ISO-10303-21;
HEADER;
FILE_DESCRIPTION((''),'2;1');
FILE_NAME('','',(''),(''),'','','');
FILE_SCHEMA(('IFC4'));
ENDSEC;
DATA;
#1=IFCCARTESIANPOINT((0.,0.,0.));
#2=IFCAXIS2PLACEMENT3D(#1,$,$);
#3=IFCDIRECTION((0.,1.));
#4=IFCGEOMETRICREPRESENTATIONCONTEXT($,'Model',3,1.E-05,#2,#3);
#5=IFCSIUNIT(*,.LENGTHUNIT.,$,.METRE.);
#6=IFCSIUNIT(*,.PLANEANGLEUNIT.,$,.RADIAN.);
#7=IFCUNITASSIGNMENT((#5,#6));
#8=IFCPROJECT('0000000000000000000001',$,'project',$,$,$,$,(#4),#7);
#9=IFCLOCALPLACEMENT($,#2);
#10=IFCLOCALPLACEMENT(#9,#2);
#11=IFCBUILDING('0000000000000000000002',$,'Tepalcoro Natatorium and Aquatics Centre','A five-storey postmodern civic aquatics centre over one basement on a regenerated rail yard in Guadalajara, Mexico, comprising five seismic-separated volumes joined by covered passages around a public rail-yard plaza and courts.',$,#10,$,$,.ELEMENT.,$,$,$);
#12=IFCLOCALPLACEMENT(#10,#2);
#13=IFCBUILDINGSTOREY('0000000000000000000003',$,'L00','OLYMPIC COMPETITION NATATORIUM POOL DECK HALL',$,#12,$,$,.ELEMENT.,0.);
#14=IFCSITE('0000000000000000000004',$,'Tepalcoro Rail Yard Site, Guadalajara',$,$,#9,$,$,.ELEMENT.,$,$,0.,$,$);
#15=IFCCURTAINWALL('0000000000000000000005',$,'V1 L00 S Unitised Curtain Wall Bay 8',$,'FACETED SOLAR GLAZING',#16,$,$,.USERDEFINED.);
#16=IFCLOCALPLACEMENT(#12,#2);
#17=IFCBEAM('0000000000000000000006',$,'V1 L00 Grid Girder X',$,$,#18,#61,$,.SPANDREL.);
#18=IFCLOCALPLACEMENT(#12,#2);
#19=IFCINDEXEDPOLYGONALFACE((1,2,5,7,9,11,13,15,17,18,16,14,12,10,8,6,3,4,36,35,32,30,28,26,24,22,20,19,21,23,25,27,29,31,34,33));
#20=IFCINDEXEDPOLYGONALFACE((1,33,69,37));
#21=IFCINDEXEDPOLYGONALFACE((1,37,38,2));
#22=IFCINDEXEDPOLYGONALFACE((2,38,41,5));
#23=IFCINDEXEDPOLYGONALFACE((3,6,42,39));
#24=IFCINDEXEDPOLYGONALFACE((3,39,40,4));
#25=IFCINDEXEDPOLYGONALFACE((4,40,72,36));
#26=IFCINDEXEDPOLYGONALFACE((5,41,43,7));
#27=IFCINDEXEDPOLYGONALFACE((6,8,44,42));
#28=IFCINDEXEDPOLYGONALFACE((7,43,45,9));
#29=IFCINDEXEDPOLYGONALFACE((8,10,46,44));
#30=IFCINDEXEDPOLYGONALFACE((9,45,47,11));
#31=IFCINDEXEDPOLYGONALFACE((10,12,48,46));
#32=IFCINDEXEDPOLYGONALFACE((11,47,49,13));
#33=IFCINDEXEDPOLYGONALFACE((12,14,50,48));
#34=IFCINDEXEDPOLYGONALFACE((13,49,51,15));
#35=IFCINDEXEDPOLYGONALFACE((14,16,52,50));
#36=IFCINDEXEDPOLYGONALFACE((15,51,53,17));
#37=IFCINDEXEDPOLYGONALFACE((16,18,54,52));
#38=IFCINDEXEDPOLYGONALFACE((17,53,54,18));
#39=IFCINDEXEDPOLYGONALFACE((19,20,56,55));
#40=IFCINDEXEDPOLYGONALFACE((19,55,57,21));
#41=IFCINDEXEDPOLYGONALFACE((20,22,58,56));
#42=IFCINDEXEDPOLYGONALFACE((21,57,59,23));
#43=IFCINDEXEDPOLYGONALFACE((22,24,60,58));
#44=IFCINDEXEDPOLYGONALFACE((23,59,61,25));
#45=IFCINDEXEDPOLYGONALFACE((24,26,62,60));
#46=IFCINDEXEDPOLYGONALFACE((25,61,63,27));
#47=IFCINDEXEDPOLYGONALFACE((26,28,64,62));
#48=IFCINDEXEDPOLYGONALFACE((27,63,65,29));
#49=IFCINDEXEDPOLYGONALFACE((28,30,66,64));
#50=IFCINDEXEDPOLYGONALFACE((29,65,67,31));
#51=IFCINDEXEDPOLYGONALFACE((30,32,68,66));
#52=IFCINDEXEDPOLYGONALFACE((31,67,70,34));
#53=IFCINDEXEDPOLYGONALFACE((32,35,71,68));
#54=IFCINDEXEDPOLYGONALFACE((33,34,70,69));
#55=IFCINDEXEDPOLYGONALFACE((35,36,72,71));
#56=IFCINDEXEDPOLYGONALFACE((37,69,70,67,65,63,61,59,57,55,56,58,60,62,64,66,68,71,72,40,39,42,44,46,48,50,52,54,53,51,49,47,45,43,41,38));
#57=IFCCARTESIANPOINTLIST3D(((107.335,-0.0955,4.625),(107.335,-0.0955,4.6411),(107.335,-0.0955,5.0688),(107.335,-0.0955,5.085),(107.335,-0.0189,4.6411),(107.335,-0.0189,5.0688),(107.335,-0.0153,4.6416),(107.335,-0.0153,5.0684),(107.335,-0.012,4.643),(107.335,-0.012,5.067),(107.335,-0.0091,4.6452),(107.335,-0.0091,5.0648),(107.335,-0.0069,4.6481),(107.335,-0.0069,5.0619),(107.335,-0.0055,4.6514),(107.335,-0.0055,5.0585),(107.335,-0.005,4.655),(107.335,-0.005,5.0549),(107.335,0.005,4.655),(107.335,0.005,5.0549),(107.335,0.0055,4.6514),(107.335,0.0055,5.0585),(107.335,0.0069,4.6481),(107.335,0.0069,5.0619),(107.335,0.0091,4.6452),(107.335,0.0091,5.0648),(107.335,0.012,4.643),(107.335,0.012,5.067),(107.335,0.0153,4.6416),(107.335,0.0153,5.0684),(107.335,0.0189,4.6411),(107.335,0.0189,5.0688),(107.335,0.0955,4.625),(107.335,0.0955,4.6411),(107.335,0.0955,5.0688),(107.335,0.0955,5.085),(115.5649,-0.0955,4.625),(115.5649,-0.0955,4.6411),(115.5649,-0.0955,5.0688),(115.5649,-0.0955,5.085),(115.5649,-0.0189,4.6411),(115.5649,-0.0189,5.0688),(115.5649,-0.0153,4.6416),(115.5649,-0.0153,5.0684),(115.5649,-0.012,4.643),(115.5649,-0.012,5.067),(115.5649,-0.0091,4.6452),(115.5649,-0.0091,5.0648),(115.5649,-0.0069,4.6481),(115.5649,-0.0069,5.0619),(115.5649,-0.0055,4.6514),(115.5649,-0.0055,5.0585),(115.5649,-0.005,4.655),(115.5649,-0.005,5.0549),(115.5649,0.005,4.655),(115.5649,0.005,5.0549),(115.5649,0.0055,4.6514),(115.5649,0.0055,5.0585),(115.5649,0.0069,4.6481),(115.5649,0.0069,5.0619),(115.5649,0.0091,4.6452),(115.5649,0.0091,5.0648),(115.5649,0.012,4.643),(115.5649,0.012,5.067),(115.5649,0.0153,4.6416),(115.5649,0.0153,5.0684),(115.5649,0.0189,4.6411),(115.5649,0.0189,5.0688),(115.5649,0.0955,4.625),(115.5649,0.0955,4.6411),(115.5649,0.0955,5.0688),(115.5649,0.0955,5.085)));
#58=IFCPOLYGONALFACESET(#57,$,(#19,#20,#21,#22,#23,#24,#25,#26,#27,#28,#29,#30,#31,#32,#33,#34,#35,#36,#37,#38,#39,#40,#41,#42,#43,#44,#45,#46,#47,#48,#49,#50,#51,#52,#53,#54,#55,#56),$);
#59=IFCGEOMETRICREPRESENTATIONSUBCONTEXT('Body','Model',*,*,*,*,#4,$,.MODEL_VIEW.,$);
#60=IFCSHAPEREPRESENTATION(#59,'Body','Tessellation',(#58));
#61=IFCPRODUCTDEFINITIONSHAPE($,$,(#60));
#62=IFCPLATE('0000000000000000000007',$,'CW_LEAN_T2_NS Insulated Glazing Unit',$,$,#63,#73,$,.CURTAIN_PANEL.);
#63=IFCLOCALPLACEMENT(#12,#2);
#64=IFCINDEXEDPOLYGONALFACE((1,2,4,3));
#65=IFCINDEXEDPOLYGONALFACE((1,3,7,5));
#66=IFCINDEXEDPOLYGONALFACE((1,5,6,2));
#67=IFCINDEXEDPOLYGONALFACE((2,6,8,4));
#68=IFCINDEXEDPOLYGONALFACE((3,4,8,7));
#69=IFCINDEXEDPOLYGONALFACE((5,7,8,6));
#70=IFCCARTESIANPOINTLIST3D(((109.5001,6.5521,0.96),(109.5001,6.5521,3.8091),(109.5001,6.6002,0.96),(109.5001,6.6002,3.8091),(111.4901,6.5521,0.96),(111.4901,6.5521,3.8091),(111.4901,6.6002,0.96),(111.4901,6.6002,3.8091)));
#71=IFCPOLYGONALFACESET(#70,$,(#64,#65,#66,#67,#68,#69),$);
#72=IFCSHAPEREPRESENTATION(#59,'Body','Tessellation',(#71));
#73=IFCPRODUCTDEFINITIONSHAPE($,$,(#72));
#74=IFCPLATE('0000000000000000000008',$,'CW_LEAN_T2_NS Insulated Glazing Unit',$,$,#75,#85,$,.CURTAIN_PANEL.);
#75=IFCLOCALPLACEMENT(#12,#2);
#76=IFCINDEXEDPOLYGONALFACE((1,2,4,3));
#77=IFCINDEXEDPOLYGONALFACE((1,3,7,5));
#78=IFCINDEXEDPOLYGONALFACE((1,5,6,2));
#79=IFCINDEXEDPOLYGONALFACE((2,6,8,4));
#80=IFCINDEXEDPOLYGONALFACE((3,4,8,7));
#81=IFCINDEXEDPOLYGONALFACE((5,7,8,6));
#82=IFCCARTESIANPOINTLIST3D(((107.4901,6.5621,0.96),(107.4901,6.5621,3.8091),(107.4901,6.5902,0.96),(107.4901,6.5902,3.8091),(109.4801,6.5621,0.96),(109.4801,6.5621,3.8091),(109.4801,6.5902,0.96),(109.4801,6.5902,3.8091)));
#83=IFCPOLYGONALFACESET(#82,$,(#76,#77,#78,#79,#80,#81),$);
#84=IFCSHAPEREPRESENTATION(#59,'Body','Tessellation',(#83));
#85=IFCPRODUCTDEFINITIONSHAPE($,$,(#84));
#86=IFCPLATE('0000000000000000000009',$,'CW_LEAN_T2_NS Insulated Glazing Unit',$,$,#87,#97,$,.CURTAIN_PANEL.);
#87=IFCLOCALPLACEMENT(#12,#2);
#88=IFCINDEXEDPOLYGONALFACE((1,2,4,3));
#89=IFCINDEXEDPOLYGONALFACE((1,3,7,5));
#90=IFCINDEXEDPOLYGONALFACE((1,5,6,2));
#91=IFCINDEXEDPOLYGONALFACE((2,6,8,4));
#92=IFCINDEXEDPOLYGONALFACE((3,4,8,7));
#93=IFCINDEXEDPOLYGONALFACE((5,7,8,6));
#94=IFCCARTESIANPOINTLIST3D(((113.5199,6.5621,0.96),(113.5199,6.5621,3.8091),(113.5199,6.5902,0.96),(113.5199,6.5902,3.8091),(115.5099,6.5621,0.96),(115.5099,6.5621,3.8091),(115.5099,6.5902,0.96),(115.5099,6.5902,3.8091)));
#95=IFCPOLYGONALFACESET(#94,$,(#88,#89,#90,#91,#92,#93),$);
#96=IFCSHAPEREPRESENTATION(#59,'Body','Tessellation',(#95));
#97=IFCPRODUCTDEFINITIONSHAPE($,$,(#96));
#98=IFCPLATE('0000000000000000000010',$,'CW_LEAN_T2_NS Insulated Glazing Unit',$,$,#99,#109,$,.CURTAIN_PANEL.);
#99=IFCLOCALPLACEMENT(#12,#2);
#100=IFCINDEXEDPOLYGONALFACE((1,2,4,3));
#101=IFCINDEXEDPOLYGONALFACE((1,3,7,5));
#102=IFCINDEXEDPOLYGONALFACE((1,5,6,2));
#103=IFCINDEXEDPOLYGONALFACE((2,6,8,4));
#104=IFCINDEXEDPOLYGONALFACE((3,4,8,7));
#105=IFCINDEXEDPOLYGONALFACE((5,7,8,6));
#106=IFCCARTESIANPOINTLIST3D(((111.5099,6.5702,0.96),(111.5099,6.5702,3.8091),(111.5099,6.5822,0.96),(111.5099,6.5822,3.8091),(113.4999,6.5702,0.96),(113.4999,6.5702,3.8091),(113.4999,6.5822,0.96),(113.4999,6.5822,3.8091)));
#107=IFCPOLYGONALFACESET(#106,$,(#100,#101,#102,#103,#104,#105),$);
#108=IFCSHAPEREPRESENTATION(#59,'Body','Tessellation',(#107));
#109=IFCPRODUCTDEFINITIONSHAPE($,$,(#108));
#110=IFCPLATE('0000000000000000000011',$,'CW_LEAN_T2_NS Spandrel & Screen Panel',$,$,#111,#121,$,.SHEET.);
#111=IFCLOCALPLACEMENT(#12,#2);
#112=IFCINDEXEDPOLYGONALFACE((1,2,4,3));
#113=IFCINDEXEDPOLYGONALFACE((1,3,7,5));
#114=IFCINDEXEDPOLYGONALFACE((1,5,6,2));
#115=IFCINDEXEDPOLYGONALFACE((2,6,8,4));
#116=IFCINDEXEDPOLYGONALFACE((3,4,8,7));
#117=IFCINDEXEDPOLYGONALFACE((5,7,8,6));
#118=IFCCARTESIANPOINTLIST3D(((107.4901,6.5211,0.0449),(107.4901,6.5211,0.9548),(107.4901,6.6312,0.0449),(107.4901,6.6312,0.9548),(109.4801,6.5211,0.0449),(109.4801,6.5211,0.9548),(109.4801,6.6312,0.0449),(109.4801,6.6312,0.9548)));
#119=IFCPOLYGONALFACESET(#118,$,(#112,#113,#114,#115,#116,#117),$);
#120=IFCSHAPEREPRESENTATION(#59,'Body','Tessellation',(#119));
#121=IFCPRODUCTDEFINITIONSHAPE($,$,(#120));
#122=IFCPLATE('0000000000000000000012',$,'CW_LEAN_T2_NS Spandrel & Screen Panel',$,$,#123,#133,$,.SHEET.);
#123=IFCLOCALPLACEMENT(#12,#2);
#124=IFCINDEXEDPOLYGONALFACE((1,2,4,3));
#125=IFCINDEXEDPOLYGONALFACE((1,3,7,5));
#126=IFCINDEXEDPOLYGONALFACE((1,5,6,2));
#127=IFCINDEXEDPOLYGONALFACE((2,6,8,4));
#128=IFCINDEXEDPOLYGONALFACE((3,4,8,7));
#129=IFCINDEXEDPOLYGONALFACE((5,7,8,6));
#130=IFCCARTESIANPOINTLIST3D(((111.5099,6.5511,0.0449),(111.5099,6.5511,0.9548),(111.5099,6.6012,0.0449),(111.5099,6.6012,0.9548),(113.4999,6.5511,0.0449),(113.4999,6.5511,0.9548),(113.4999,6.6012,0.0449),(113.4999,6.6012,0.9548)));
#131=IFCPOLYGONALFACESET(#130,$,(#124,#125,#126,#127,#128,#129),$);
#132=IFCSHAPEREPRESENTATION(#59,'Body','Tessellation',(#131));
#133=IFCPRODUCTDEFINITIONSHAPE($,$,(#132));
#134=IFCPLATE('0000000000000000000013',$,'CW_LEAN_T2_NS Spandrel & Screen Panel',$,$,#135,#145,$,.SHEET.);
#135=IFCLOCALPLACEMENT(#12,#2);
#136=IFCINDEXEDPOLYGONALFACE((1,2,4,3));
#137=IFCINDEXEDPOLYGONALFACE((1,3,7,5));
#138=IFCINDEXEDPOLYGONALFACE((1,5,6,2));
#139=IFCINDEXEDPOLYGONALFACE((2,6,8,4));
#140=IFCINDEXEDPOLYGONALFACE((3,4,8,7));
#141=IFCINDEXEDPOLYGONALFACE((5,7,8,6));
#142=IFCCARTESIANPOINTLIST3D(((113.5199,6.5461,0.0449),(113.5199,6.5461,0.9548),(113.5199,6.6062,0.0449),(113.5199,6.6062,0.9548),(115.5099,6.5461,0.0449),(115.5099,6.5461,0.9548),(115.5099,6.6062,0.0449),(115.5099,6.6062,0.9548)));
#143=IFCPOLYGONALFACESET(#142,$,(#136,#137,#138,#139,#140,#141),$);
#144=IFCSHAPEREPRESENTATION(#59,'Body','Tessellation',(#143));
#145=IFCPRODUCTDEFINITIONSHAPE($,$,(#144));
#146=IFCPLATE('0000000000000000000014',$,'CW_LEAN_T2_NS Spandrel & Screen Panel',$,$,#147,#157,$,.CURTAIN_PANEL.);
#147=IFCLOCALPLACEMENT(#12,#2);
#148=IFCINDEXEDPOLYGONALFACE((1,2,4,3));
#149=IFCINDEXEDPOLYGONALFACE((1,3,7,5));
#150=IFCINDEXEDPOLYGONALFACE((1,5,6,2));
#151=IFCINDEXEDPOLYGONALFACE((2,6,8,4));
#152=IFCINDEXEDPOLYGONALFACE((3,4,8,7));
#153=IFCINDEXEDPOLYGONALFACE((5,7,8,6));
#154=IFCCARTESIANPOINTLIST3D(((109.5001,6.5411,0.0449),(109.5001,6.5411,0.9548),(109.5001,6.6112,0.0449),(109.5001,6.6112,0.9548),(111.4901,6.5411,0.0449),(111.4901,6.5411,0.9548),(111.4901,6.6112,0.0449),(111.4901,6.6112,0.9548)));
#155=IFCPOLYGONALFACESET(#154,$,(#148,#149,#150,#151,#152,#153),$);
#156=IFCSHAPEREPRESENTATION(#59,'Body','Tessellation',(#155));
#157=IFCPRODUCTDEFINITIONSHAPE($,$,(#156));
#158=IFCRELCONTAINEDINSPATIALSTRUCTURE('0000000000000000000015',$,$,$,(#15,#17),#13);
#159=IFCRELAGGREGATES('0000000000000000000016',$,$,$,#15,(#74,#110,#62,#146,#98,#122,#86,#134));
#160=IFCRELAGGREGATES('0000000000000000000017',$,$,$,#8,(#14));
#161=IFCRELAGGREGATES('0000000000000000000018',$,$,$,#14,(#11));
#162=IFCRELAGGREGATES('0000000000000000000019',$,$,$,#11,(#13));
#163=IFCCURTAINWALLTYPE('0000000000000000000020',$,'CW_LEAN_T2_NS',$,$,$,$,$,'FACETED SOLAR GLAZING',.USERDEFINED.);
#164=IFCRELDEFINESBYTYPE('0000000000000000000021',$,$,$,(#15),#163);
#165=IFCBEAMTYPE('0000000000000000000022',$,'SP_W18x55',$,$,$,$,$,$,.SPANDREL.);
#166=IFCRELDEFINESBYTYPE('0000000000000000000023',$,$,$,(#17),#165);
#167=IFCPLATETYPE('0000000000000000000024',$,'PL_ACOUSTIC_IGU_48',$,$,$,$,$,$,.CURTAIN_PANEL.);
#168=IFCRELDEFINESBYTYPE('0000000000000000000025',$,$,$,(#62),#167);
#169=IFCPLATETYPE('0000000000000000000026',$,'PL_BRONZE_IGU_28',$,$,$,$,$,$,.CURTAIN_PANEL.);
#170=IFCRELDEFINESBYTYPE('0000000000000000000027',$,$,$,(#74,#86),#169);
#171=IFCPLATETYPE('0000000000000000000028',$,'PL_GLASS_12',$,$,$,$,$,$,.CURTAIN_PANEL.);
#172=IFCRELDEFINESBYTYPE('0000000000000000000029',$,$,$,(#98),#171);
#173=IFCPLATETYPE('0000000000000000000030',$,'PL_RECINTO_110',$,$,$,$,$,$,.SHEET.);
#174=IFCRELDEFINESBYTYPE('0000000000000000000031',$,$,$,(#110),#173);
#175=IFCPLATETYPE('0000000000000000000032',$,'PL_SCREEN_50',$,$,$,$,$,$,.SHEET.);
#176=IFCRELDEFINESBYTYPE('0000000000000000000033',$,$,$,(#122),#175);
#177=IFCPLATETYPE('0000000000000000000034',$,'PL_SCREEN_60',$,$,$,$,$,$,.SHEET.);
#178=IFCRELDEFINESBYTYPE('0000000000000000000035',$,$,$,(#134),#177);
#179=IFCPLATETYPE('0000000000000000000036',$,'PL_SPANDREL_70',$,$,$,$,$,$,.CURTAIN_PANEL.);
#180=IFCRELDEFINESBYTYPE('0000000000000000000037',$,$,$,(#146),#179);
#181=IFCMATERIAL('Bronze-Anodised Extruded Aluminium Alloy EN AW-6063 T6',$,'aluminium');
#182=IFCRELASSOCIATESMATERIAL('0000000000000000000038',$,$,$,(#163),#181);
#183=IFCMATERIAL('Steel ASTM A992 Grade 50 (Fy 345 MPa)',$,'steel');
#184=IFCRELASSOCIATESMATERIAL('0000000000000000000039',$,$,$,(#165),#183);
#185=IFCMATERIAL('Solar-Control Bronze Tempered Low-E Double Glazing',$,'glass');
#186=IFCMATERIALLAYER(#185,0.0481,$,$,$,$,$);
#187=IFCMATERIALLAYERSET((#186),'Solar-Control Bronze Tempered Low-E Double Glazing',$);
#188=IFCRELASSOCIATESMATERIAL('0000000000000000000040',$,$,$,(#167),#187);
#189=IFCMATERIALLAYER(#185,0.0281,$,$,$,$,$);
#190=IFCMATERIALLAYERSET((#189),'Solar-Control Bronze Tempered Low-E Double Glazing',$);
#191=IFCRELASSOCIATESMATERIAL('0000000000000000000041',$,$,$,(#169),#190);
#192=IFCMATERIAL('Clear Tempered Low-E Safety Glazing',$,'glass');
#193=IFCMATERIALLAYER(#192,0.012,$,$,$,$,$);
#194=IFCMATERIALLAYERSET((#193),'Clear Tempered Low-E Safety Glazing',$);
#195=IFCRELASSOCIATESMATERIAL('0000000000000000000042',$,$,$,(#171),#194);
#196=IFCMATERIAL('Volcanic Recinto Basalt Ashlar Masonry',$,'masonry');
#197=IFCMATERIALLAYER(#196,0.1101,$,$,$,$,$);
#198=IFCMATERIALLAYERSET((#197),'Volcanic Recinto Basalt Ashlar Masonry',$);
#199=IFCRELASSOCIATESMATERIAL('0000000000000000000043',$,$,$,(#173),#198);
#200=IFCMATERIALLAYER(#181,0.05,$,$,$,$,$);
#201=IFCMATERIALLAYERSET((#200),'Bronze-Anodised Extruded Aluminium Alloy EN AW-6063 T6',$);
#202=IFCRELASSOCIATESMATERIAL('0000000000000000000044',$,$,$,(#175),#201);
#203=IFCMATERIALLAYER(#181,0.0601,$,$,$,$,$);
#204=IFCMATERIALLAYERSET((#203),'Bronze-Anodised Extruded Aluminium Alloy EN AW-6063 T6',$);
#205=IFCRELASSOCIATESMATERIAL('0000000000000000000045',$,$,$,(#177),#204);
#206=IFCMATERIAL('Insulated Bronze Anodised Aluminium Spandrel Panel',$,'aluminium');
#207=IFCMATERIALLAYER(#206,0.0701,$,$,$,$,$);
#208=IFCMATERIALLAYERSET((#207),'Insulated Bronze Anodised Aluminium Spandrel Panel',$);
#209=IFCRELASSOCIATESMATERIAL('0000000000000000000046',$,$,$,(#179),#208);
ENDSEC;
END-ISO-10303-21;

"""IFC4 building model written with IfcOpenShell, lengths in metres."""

from ifc_helpers import new_model, si_unit, direction, frame, origin, origin_2d, place, context, subcontext, project, spatial, rectangle, i_section, extrude, material, layer, layer_set, material_profile, profile_set, type_object, element, aggregate, save


model = new_model("IFC4")

# Units and contexts
model_context = context("Model", 3, precision=1e-05, world=origin(), true_north=direction((0.0, 1.0)))
body_context = subcontext(model_context, "Body", "Model", "MODEL_VIEW")
ifc_project = project(units=[si_unit("LENGTHUNIT", "METRE"), si_unit("PLANEANGLEUNIT", "RADIAN")], contexts=[model_context])

# Site, building, storey
site_placement = place(None, origin())
site = spatial("IfcSite", under=ifc_project, at=site_placement, Name="Tepalcoro Rail Yard Site, Guadalajara", CompositionType="ELEMENT", RefElevation=0.0)
building_placement = place(site_placement, origin())
building = spatial("IfcBuilding", under=site, at=building_placement, Name="Tepalcoro Natatorium and Aquatics Centre", Description="A five-storey postmodern civic aquatics centre over one basement on a regenerated rail yard in Guadalajara, Mexico, comprising five seismic-separated volumes joined by covered passages around a public rail-yard plaza and courts.", CompositionType="ELEMENT")
storey_placement = place(building_placement, origin())
storey = spatial("IfcBuildingStorey", under=building, at=storey_placement, Name="L00", Description="OLYMPIC COMPETITION NATATORIUM POOL DECK HALL", CompositionType="ELEMENT", Elevation=0.0)

# Shared definitions
ifc_material_1 = material(Name="Steel ASTM A992 Grade 50 (Fy 345 MPa)", Category="steel")

# Curtain wall
ifc_material_2 = material(Name="Bronze-Anodised Extruded Aluminium Alloy EN AW-6063 T6", Category="aluminium")
curtain_wall_type = type_object("IfcCurtainWallType", Name="CW_LEAN_T2_NS", ElementType="FACETED SOLAR GLAZING", PredefinedType="USERDEFINED", material=ifc_material_2)
curtain_wall_placement = place(storey_placement, origin())
curtain_wall = element("IfcCurtainWall", 1, at=curtain_wall_placement, inside=storey, type_object=curtain_wall_type, Name="V1 L00 S Unitised Curtain Wall Bay 8", ObjectType="FACETED SOLAR GLAZING", PredefinedType="USERDEFINED")

# Beam
ifc_material_profile_1 = material_profile(ifc_material_1, i_section(OverallWidth=0.1909, OverallDepth=0.46, WebThickness=0.01, FlangeThickness=0.0161, FilletRadius=0.0139, at=origin_2d()), Name="W18X55")
ifc_profile_set_1 = profile_set([ifc_material_profile_1], Name="Steel ASTM A992 Grade 50 (Fy 345 MPa)")
beam_type_1 = type_object("IfcBeamType", Name="SP_W18x55", PredefinedType="SPANDREL", material=ifc_profile_set_1)
beam_1_placement = place(storey_placement, frame((107.335, 0.0, 4.855), z_axis=(1.0, 0.0, 0.0), x_axis=(0.0, 1.0, 0.0)))
element("IfcBeam", 2, at=beam_1_placement, inside=storey, type_object=beam_type_1, Name="V1 L00 Grid Girder X", PredefinedType="SPANDREL", context=body_context, shape_type="SweptSolid", body=[
    extrude(i_section(OverallWidth=0.1909, OverallDepth=0.46, WebThickness=0.01, FlangeThickness=0.0161, FilletRadius=0.0139, at=origin_2d()), origin(), (0.0, 0.0, 1.0), 8.23),
])

# Plates
ifc_material_3 = material(Name="Solar-Control Bronze Tempered Low-E Double Glazing", Category="glass")
ifc_layer_1 = layer(ifc_material_3, 0.0481)
ifc_layer_set_1 = layer_set([ifc_layer_1], Name="Solar-Control Bronze Tempered Low-E Double Glazing")
plate_type_1 = type_object("IfcPlateType", Name="PL_ACOUSTIC_IGU_48", PredefinedType="CURTAIN_PANEL", material=ifc_layer_set_1)
plate_1_placement = place(storey_placement, frame((110.4951, 6.5762, 0.96), z_axis=(0.0, 0.0, 1.0), x_axis=(1.0, 0.0, 0.0)))
plate_1 = element("IfcPlate", 3, at=plate_1_placement, type_object=plate_type_1, Name="CW_LEAN_T2_NS Insulated Glazing Unit", PredefinedType="CURTAIN_PANEL", context=body_context, shape_type="SweptSolid", body=[
    extrude(rectangle(XDim=1.99, YDim=0.0481, at=origin_2d()), origin(), (0.0, 0.0, 1.0), 2.8491),
])
ifc_layer_2 = layer(ifc_material_3, 0.0281)
ifc_layer_set_2 = layer_set([ifc_layer_2], Name="Solar-Control Bronze Tempered Low-E Double Glazing")
plate_type_2 = type_object("IfcPlateType", Name="PL_BRONZE_IGU_28", PredefinedType="CURTAIN_PANEL", material=ifc_layer_set_2)
plate_2_placement = place(storey_placement, frame((108.4851, 6.5762, 0.96), z_axis=(0.0, 0.0, 1.0), x_axis=(1.0, 0.0, 0.0)))
plate_2 = element("IfcPlate", 4, at=plate_2_placement, type_object=plate_type_2, Name="CW_LEAN_T2_NS Insulated Glazing Unit", PredefinedType="CURTAIN_PANEL", context=body_context, shape_type="SweptSolid", body=[
    extrude(rectangle(XDim=1.99, YDim=0.0281, at=origin_2d()), origin(), (0.0, 0.0, 1.0), 2.8491),
])
plate_3_placement = place(storey_placement, frame((114.5149, 6.5762, 0.96), z_axis=(0.0, 0.0, 1.0), x_axis=(1.0, 0.0, 0.0)))
plate_3 = element("IfcPlate", 5, at=plate_3_placement, type_object=plate_type_2, Name="CW_LEAN_T2_NS Insulated Glazing Unit", PredefinedType="CURTAIN_PANEL", context=body_context, shape_type="SweptSolid", body=[
    extrude(rectangle(XDim=1.99, YDim=0.0281, at=origin_2d()), origin(), (0.0, 0.0, 1.0), 2.8491),
])
ifc_material_4 = material(Name="Clear Tempered Low-E Safety Glazing", Category="glass")
ifc_layer_3 = layer(ifc_material_4, 0.012)
ifc_layer_set_3 = layer_set([ifc_layer_3], Name="Clear Tempered Low-E Safety Glazing")
plate_type_3 = type_object("IfcPlateType", Name="PL_GLASS_12", PredefinedType="CURTAIN_PANEL", material=ifc_layer_set_3)
plate_4_placement = place(storey_placement, frame((112.5049, 6.5762, 0.96), z_axis=(0.0, 0.0, 1.0), x_axis=(1.0, 0.0, 0.0)))
plate_4 = element("IfcPlate", 6, at=plate_4_placement, type_object=plate_type_3, Name="CW_LEAN_T2_NS Insulated Glazing Unit", PredefinedType="CURTAIN_PANEL", context=body_context, shape_type="SweptSolid", body=[
    extrude(rectangle(XDim=1.99, YDim=0.012, at=origin_2d()), origin(), (0.0, 0.0, 1.0), 2.8491),
])
ifc_material_5 = material(Name="Volcanic Recinto Basalt Ashlar Masonry", Category="masonry")
ifc_layer_4 = layer(ifc_material_5, 0.1101)
ifc_layer_set_4 = layer_set([ifc_layer_4], Name="Volcanic Recinto Basalt Ashlar Masonry")
plate_type_4 = type_object("IfcPlateType", Name="PL_RECINTO_110", PredefinedType="SHEET", material=ifc_layer_set_4)
plate_5_placement = place(storey_placement, frame((108.4851, 6.5762, 0.0449), z_axis=(0.0, 0.0, 1.0), x_axis=(1.0, 0.0, 0.0)))
plate_5 = element("IfcPlate", 7, at=plate_5_placement, type_object=plate_type_4, Name="CW_LEAN_T2_NS Spandrel & Screen Panel", PredefinedType="SHEET", context=body_context, shape_type="SweptSolid", body=[
    extrude(rectangle(XDim=1.99, YDim=0.1101, at=origin_2d()), origin(), (0.0, 0.0, 1.0), 0.9099),
])
ifc_layer_5 = layer(ifc_material_2, 0.05)
ifc_layer_set_5 = layer_set([ifc_layer_5], Name="Bronze-Anodised Extruded Aluminium Alloy EN AW-6063 T6")
plate_type_5 = type_object("IfcPlateType", Name="PL_SCREEN_50", PredefinedType="SHEET", material=ifc_layer_set_5)
plate_6_placement = place(storey_placement, frame((112.5049, 6.5762, 0.0449), z_axis=(0.0, 0.0, 1.0), x_axis=(1.0, 0.0, 0.0)))
plate_6 = element("IfcPlate", 8, at=plate_6_placement, type_object=plate_type_5, Name="CW_LEAN_T2_NS Spandrel & Screen Panel", PredefinedType="SHEET", context=body_context, shape_type="SweptSolid", body=[
    extrude(rectangle(XDim=1.99, YDim=0.05, at=origin_2d()), origin(), (0.0, 0.0, 1.0), 0.9099),
])
ifc_layer_6 = layer(ifc_material_2, 0.0601)
ifc_layer_set_6 = layer_set([ifc_layer_6], Name="Bronze-Anodised Extruded Aluminium Alloy EN AW-6063 T6")
plate_type_6 = type_object("IfcPlateType", Name="PL_SCREEN_60", PredefinedType="SHEET", material=ifc_layer_set_6)
plate_7_placement = place(storey_placement, frame((114.5149, 6.5762, 0.0449), z_axis=(0.0, 0.0, 1.0), x_axis=(1.0, 0.0, 0.0)))
plate_7 = element("IfcPlate", 9, at=plate_7_placement, type_object=plate_type_6, Name="CW_LEAN_T2_NS Spandrel & Screen Panel", PredefinedType="SHEET", context=body_context, shape_type="SweptSolid", body=[
    extrude(rectangle(XDim=1.99, YDim=0.0601, at=origin_2d()), origin(), (0.0, 0.0, 1.0), 0.9099),
])
ifc_material_6 = material(Name="Insulated Bronze Anodised Aluminium Spandrel Panel", Category="aluminium")
ifc_layer_7 = layer(ifc_material_6, 0.0701)
ifc_layer_set_7 = layer_set([ifc_layer_7], Name="Insulated Bronze Anodised Aluminium Spandrel Panel")
plate_type_7 = type_object("IfcPlateType", Name="PL_SPANDREL_70", PredefinedType="CURTAIN_PANEL", material=ifc_layer_set_7)
plate_8_placement = place(storey_placement, frame((110.4951, 6.5762, 0.0449), z_axis=(0.0, 0.0, 1.0), x_axis=(1.0, 0.0, 0.0)))
plate_8 = element("IfcPlate", 10, at=plate_8_placement, type_object=plate_type_7, Name="CW_LEAN_T2_NS Spandrel & Screen Panel", PredefinedType="CURTAIN_PANEL", context=body_context, shape_type="SweptSolid", body=[
    extrude(rectangle(XDim=1.99, YDim=0.0701, at=origin_2d()), origin(), (0.0, 0.0, 1.0), 0.9099),
])
aggregate(curtain_wall, [plate_2, plate_5, plate_1, plate_8, plate_4, plate_6, plate_3, plate_7])

save(model, "model.ifc")
